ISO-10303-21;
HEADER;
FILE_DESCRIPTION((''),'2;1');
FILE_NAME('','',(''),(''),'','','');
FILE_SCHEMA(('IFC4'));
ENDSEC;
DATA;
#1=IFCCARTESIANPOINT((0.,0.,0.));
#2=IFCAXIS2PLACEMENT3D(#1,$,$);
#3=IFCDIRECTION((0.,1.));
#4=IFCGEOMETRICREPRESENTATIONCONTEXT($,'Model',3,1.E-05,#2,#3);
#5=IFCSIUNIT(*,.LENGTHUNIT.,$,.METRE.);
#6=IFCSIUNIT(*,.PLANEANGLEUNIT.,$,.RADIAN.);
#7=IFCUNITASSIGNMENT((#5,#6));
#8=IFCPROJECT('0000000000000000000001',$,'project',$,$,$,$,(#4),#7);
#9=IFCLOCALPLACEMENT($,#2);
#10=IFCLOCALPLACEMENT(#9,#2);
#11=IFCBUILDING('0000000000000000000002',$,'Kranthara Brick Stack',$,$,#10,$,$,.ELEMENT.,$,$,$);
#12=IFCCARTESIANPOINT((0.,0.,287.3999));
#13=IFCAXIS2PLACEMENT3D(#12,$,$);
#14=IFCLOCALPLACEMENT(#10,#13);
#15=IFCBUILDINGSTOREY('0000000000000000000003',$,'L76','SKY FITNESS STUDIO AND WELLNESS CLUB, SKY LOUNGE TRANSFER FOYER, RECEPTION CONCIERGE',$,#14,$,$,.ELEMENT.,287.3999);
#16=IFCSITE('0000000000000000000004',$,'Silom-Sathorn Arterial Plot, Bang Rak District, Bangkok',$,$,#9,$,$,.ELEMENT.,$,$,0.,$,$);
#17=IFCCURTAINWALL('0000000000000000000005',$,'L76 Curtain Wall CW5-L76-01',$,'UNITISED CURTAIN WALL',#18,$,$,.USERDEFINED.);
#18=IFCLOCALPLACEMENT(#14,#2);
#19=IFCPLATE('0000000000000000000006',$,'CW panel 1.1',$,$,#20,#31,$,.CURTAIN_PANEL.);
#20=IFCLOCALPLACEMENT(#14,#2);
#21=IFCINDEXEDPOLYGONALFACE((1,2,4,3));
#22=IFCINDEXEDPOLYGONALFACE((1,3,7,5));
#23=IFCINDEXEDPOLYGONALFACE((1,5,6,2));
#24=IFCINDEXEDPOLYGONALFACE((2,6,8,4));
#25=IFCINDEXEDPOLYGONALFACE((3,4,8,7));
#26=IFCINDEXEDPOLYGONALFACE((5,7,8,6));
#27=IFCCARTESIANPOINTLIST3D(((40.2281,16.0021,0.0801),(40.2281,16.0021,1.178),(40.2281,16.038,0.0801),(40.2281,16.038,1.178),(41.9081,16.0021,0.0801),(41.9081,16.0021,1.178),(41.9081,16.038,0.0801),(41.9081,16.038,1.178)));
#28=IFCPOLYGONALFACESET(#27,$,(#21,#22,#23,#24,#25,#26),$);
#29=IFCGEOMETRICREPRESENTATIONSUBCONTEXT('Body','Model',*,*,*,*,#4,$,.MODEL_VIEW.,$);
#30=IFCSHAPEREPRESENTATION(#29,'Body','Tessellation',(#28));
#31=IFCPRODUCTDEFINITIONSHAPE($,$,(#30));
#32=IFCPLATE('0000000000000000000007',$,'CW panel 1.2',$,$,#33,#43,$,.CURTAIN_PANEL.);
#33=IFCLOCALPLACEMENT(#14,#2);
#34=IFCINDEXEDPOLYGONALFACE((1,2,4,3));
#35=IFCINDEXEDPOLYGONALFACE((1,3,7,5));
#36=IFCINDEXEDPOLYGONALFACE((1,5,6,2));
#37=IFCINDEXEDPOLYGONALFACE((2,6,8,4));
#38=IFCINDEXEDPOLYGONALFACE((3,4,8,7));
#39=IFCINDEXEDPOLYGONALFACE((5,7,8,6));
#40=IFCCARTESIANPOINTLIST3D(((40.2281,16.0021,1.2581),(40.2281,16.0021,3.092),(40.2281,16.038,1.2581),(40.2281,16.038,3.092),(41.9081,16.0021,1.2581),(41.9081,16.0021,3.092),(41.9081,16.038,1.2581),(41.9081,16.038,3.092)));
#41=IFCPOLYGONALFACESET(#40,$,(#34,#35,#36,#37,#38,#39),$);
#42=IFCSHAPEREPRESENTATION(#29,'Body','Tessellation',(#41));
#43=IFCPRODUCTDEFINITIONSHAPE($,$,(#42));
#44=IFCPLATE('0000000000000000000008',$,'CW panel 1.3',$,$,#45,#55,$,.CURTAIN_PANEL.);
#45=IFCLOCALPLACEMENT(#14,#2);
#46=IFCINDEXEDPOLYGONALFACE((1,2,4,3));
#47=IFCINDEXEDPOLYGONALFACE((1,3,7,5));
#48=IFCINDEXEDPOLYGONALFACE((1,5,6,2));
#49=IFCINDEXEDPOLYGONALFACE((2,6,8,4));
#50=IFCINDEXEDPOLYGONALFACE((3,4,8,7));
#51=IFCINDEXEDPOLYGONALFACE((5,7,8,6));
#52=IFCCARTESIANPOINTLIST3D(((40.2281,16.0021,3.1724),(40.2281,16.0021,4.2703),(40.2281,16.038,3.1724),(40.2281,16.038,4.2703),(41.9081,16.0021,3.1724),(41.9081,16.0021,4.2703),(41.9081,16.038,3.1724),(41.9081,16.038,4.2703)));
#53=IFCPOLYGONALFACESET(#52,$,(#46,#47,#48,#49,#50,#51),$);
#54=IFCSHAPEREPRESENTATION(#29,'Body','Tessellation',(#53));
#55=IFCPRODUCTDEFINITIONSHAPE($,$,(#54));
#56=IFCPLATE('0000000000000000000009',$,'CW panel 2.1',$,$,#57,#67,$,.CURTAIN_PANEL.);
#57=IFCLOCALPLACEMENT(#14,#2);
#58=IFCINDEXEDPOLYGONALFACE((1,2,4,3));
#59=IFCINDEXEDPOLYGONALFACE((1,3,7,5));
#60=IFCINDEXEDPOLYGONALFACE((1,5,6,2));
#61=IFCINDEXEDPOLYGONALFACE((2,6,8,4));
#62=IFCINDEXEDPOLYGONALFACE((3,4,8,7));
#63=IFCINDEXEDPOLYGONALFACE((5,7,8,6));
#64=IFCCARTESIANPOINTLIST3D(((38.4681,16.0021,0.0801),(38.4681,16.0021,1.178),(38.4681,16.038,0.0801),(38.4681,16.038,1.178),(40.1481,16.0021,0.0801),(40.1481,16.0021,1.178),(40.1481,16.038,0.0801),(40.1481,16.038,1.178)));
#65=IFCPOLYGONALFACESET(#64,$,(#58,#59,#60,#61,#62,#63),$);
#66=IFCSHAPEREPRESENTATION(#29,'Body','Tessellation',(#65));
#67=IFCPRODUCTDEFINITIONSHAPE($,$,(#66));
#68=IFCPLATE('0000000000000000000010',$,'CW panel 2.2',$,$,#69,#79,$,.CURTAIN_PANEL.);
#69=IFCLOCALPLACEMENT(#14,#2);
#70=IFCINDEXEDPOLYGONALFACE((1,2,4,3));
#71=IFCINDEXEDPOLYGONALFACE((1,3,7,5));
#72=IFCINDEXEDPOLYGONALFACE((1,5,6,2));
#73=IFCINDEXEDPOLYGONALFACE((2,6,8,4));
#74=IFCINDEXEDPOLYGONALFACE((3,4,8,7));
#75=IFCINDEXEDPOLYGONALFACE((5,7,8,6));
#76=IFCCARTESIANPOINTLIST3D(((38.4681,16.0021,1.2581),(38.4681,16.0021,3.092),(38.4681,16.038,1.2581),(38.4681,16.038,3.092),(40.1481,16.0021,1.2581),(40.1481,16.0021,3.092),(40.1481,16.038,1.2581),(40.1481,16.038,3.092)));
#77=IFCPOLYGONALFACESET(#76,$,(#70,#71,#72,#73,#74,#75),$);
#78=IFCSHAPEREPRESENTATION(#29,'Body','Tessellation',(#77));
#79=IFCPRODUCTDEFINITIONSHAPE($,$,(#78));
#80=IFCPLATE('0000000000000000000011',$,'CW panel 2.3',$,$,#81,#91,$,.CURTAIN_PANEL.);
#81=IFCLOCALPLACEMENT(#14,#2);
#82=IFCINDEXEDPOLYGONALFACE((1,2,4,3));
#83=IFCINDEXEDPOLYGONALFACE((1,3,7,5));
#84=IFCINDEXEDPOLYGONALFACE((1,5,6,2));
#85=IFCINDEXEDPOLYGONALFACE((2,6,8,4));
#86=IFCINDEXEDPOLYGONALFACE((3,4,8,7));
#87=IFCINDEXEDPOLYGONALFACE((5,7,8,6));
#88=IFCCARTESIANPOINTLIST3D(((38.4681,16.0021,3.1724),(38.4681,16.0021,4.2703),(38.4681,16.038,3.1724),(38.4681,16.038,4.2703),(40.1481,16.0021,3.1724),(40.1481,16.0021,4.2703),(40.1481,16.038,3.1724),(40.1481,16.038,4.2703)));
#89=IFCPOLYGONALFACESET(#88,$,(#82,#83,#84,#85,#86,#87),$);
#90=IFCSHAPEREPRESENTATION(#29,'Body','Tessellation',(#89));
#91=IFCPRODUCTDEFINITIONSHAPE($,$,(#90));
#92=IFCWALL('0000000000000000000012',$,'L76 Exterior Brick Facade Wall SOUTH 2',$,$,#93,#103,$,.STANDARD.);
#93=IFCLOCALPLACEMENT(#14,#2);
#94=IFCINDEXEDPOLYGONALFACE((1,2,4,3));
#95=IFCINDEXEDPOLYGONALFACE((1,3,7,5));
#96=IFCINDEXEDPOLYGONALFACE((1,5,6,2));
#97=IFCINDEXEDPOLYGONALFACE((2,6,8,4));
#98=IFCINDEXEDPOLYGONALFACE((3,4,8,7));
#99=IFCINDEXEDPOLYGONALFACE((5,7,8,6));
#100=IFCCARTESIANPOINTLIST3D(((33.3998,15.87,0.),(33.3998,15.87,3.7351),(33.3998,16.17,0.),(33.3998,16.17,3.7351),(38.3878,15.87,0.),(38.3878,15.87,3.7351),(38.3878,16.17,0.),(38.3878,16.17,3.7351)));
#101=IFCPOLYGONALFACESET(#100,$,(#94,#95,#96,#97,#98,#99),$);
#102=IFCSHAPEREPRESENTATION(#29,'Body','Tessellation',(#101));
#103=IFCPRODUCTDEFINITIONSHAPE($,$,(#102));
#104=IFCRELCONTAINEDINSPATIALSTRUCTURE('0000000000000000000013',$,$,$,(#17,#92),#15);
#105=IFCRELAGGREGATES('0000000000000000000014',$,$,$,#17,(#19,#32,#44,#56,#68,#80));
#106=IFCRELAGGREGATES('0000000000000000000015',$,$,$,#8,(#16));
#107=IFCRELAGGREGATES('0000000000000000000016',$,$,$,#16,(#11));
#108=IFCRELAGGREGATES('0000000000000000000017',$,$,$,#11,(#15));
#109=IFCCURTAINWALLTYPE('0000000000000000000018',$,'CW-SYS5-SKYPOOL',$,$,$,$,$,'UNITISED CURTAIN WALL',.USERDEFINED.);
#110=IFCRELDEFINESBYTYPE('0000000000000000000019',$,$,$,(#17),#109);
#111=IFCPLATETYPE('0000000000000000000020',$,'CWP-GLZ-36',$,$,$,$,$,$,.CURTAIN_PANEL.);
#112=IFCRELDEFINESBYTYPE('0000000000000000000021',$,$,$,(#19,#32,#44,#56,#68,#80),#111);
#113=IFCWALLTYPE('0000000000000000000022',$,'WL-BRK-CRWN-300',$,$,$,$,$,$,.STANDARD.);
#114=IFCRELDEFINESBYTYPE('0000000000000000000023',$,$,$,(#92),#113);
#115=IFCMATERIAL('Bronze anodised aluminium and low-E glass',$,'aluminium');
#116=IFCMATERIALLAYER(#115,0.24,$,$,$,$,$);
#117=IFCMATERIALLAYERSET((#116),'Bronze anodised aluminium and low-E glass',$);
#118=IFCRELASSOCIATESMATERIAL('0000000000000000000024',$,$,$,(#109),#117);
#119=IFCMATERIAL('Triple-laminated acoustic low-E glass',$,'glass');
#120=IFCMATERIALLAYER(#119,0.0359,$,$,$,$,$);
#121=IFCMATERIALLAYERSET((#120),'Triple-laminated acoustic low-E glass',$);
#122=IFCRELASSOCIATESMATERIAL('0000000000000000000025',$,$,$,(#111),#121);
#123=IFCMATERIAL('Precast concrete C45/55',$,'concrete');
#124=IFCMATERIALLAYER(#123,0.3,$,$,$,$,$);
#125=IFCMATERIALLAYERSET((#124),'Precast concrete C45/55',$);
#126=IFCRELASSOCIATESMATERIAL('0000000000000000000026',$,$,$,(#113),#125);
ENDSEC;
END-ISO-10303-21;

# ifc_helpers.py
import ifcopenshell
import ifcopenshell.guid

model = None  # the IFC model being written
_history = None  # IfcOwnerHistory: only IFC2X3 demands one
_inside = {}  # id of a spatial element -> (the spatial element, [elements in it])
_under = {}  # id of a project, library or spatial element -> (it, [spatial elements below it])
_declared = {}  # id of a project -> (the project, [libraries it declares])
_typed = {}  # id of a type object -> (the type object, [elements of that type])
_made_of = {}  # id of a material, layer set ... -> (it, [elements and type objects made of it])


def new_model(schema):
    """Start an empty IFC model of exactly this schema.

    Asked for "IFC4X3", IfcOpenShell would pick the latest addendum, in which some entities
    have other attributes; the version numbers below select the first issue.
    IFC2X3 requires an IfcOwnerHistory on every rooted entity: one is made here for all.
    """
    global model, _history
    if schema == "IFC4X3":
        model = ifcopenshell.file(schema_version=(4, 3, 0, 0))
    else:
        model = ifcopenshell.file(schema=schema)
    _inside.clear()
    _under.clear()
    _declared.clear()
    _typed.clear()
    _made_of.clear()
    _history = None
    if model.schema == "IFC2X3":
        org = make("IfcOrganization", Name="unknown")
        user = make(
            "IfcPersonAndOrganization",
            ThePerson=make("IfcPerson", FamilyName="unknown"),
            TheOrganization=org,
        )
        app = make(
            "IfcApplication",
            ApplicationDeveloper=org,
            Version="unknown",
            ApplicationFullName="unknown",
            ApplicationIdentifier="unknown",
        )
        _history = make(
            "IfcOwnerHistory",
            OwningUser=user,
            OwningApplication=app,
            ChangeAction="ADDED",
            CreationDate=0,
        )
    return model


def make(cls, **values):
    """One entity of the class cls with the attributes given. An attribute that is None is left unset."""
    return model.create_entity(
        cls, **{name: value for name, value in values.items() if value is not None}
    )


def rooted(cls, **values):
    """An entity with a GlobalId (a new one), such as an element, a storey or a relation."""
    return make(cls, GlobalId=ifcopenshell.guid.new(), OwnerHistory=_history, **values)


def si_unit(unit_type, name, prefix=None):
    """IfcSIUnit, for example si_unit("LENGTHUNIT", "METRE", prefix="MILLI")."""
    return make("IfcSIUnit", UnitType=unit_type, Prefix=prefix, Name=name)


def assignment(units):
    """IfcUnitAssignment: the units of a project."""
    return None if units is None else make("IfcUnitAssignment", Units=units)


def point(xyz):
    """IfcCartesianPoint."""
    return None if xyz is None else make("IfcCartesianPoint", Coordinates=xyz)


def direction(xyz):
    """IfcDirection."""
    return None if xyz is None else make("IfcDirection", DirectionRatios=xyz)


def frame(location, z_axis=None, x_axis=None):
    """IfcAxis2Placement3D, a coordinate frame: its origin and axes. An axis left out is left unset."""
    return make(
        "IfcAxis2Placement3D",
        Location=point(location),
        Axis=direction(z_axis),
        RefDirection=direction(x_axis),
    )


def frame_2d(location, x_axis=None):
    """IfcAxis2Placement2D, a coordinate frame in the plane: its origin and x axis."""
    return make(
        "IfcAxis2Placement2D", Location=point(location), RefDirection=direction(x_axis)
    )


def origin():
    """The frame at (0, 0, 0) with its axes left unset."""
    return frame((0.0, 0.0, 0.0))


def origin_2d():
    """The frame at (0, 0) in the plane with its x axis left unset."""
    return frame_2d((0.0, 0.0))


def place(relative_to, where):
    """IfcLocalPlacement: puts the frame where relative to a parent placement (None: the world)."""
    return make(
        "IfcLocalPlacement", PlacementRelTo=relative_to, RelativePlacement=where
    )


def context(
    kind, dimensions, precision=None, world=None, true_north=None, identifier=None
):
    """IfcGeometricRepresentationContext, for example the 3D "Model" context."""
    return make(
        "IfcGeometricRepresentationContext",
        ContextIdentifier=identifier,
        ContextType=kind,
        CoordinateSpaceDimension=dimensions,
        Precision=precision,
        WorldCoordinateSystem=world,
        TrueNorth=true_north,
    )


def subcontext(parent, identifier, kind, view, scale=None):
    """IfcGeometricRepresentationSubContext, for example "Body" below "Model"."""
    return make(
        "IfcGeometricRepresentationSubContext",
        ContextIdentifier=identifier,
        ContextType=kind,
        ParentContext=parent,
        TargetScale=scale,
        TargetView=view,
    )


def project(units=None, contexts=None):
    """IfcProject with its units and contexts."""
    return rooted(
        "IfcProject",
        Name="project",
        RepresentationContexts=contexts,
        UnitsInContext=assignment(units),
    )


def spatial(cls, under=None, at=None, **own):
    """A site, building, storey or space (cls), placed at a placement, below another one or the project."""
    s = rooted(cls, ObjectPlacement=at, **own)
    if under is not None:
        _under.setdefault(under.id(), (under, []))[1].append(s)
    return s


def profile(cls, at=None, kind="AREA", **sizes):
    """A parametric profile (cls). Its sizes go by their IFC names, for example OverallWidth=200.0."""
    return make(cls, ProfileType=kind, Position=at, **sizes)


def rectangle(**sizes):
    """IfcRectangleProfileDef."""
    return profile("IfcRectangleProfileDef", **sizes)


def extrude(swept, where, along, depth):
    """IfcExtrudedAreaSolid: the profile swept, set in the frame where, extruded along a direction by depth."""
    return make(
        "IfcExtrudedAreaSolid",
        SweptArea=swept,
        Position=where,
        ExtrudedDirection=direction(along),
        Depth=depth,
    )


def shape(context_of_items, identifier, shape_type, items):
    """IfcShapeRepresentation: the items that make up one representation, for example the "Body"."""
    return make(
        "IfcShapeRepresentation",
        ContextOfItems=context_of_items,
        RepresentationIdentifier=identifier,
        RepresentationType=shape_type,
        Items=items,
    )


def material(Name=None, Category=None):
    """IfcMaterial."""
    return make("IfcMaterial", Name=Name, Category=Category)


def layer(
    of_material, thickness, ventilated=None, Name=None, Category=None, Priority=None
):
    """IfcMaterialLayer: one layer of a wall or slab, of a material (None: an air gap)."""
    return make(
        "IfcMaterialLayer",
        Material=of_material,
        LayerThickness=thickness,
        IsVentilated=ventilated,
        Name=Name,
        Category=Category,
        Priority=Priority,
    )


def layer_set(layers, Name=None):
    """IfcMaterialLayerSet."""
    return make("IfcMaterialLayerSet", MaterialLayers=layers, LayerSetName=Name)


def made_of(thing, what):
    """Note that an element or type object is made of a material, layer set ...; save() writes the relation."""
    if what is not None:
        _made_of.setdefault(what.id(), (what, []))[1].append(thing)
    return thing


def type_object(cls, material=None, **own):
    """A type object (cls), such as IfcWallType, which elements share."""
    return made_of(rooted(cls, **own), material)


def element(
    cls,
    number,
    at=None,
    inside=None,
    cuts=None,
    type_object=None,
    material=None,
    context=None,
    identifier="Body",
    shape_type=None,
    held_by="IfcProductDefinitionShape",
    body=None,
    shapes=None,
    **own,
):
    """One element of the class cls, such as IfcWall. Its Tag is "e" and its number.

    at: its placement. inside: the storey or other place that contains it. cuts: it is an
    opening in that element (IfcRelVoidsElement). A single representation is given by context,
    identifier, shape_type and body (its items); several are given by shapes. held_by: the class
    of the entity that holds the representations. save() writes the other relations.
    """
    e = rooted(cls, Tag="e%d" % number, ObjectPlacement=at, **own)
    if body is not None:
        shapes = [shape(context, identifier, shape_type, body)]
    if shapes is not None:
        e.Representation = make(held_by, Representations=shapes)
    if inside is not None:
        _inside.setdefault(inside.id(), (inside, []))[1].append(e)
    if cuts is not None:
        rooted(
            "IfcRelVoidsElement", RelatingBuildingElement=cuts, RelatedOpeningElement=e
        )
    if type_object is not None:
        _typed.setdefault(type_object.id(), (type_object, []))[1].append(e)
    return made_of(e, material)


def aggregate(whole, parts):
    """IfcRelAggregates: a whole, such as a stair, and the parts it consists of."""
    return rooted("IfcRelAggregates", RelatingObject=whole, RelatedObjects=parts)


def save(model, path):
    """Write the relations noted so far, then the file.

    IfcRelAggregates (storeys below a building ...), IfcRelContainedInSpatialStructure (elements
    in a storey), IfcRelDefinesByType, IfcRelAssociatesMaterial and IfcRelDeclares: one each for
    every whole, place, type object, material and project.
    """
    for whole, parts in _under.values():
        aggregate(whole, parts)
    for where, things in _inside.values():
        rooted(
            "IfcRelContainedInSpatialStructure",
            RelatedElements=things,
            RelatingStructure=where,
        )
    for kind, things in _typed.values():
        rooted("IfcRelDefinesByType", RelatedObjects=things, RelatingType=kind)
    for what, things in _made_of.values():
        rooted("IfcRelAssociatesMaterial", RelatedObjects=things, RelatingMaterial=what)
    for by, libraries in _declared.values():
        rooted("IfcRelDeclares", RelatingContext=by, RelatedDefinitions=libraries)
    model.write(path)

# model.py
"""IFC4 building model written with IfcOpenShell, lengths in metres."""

from ifc_helpers import new_model, si_unit, direction, frame, frame_2d, origin, origin_2d, place, context, subcontext, project, spatial, rectangle, extrude, material, layer, layer_set, type_object, element, aggregate, save


model = new_model("IFC4")

# Units and contexts
model_context = context("Model", 3, precision=1e-05, world=origin(), true_north=direction((0.0, 1.0)))
body_context = subcontext(model_context, "Body", "Model", "MODEL_VIEW")
ifc_project = project(units=[si_unit("LENGTHUNIT", "METRE"), si_unit("PLANEANGLEUNIT", "RADIAN")], contexts=[model_context])

# Site, building, storey
site_placement = place(None, origin())
site = spatial("IfcSite", under=ifc_project, at=site_placement, Name="Silom-Sathorn Arterial Plot, Bang Rak District, Bangkok", CompositionType="ELEMENT", RefElevation=0.0)
building_placement = place(site_placement, origin())
building = spatial("IfcBuilding", under=site, at=building_placement, Name="Kranthara Brick Stack", CompositionType="ELEMENT")
storey_placement = place(building_placement, frame((0.0, 0.0, 287.3999)))
storey = spatial("IfcBuildingStorey", under=building, at=storey_placement, Name="L76", Description="SKY FITNESS STUDIO AND WELLNESS CLUB, SKY LOUNGE TRANSFER FOYER, RECEPTION CONCIERGE", CompositionType="ELEMENT", Elevation=287.3999)

# Curtain wall, plates
ifc_material_1 = material(Name="Bronze anodised aluminium and low-E glass", Category="aluminium")
ifc_layer_1 = layer(ifc_material_1, 0.24)
ifc_layer_set_1 = layer_set([ifc_layer_1], Name="Bronze anodised aluminium and low-E glass")
curtain_wall_type = type_object("IfcCurtainWallType", Name="CW-SYS5-SKYPOOL", ElementType="UNITISED CURTAIN WALL", PredefinedType="USERDEFINED", material=ifc_layer_set_1)
curtain_wall_placement = place(storey_placement, origin())
curtain_wall = element("IfcCurtainWall", 1, at=curtain_wall_placement, inside=storey, type_object=curtain_wall_type, Name="L76 Curtain Wall CW5-L76-01", ObjectType="UNITISED CURTAIN WALL", PredefinedType="USERDEFINED")
ifc_material_2 = material(Name="Triple-laminated acoustic low-E glass", Category="glass")
ifc_layer_2 = layer(ifc_material_2, 0.0359)
ifc_layer_set_2 = layer_set([ifc_layer_2], Name="Triple-laminated acoustic low-E glass")
plate_type = type_object("IfcPlateType", Name="CWP-GLZ-36", PredefinedType="CURTAIN_PANEL", material=ifc_layer_set_2)
plate_1_placement = place(storey_placement, frame((41.0681, 16.02, 0.0801), z_axis=(0.0, 0.0, 1.0), x_axis=(-1.0, 0.0, 0.0)))
plate_1 = element("IfcPlate", 2, at=plate_1_placement, type_object=plate_type, Name="CW panel 1.1", PredefinedType="CURTAIN_PANEL", context=body_context, shape_type="SweptSolid", body=[
    extrude(rectangle(XDim=1.6799, YDim=0.0359, at=origin_2d()), origin(), (0.0, 0.0, 1.0), 1.0979),
])
plate_2_placement = place(storey_placement, frame((41.0681, 16.02, 1.2581), z_axis=(0.0, 0.0, 1.0), x_axis=(-1.0, 0.0, 0.0)))
plate_2 = element("IfcPlate", 3, at=plate_2_placement, type_object=plate_type, Name="CW panel 1.2", PredefinedType="CURTAIN_PANEL", context=body_context, shape_type="SweptSolid", body=[
    extrude(rectangle(XDim=1.6799, YDim=0.0359, at=origin_2d()), origin(), (0.0, 0.0, 1.0), 1.834),
])
plate_3_placement = place(storey_placement, frame((41.0681, 16.02, 3.1724), z_axis=(0.0, 0.0, 1.0), x_axis=(-1.0, 0.0, 0.0)))
plate_3 = element("IfcPlate", 4, at=plate_3_placement, type_object=plate_type, Name="CW panel 1.3", PredefinedType="CURTAIN_PANEL", context=body_context, shape_type="SweptSolid", body=[
    extrude(rectangle(XDim=1.6799, YDim=0.0359, at=origin_2d()), origin(), (0.0, 0.0, 1.0), 1.0979),
])
plate_4_placement = place(storey_placement, frame((39.3081, 16.02, 0.0801), z_axis=(0.0, 0.0, 1.0), x_axis=(-1.0, 0.0, 0.0)))
plate_4 = element("IfcPlate", 5, at=plate_4_placement, type_object=plate_type, Name="CW panel 2.1", PredefinedType="CURTAIN_PANEL", context=body_context, shape_type="SweptSolid", body=[
    extrude(rectangle(XDim=1.6799, YDim=0.0359, at=origin_2d()), origin(), (0.0, 0.0, 1.0), 1.0979),
])
plate_5_placement = place(storey_placement, frame((39.3081, 16.02, 1.2581), z_axis=(0.0, 0.0, 1.0), x_axis=(-1.0, 0.0, 0.0)))
plate_5 = element("IfcPlate", 6, at=plate_5_placement, type_object=plate_type, Name="CW panel 2.2", PredefinedType="CURTAIN_PANEL", context=body_context, shape_type="SweptSolid", body=[
    extrude(rectangle(XDim=1.6799, YDim=0.0359, at=origin_2d()), origin(), (0.0, 0.0, 1.0), 1.834),
])
plate_6_placement = place(storey_placement, frame((39.3081, 16.02, 3.1724), z_axis=(0.0, 0.0, 1.0), x_axis=(-1.0, 0.0, 0.0)))
plate_6 = element("IfcPlate", 7, at=plate_6_placement, type_object=plate_type, Name="CW panel 2.3", PredefinedType="CURTAIN_PANEL", context=body_context, shape_type="SweptSolid", body=[
    extrude(rectangle(XDim=1.6799, YDim=0.0359, at=origin_2d()), origin(), (0.0, 0.0, 1.0), 1.0979),
])
aggregate(curtain_wall, [plate_1, plate_2, plate_3, plate_4, plate_5, plate_6])

# Wall
ifc_material_3 = material(Name="Precast concrete C45/55", Category="concrete")
ifc_layer_3 = layer(ifc_material_3, 0.3)
ifc_layer_set_3 = layer_set([ifc_layer_3], Name="Precast concrete C45/55")
wall_type_1 = type_object("IfcWallType", Name="WL-BRK-CRWN-300", PredefinedType="STANDARD", material=ifc_layer_set_3)
wall_1_placement = place(storey_placement, frame((38.3879, 16.02, 0.0), z_axis=(0.0, 0.0, 1.0), x_axis=(-1.0, 0.0, 0.0)))
element("IfcWall", 8, at=wall_1_placement, inside=storey, type_object=wall_type_1, Name="L76 Exterior Brick Facade Wall SOUTH 2", PredefinedType="STANDARD", context=body_context, shape_type="SweptSolid", body=[
    extrude(rectangle(XDim=4.988, YDim=0.3, at=frame_2d((2.4941, 0.0))), origin(), (0.0, 0.0, 1.0), 3.7351),
])

save(model, "model.ifc")
